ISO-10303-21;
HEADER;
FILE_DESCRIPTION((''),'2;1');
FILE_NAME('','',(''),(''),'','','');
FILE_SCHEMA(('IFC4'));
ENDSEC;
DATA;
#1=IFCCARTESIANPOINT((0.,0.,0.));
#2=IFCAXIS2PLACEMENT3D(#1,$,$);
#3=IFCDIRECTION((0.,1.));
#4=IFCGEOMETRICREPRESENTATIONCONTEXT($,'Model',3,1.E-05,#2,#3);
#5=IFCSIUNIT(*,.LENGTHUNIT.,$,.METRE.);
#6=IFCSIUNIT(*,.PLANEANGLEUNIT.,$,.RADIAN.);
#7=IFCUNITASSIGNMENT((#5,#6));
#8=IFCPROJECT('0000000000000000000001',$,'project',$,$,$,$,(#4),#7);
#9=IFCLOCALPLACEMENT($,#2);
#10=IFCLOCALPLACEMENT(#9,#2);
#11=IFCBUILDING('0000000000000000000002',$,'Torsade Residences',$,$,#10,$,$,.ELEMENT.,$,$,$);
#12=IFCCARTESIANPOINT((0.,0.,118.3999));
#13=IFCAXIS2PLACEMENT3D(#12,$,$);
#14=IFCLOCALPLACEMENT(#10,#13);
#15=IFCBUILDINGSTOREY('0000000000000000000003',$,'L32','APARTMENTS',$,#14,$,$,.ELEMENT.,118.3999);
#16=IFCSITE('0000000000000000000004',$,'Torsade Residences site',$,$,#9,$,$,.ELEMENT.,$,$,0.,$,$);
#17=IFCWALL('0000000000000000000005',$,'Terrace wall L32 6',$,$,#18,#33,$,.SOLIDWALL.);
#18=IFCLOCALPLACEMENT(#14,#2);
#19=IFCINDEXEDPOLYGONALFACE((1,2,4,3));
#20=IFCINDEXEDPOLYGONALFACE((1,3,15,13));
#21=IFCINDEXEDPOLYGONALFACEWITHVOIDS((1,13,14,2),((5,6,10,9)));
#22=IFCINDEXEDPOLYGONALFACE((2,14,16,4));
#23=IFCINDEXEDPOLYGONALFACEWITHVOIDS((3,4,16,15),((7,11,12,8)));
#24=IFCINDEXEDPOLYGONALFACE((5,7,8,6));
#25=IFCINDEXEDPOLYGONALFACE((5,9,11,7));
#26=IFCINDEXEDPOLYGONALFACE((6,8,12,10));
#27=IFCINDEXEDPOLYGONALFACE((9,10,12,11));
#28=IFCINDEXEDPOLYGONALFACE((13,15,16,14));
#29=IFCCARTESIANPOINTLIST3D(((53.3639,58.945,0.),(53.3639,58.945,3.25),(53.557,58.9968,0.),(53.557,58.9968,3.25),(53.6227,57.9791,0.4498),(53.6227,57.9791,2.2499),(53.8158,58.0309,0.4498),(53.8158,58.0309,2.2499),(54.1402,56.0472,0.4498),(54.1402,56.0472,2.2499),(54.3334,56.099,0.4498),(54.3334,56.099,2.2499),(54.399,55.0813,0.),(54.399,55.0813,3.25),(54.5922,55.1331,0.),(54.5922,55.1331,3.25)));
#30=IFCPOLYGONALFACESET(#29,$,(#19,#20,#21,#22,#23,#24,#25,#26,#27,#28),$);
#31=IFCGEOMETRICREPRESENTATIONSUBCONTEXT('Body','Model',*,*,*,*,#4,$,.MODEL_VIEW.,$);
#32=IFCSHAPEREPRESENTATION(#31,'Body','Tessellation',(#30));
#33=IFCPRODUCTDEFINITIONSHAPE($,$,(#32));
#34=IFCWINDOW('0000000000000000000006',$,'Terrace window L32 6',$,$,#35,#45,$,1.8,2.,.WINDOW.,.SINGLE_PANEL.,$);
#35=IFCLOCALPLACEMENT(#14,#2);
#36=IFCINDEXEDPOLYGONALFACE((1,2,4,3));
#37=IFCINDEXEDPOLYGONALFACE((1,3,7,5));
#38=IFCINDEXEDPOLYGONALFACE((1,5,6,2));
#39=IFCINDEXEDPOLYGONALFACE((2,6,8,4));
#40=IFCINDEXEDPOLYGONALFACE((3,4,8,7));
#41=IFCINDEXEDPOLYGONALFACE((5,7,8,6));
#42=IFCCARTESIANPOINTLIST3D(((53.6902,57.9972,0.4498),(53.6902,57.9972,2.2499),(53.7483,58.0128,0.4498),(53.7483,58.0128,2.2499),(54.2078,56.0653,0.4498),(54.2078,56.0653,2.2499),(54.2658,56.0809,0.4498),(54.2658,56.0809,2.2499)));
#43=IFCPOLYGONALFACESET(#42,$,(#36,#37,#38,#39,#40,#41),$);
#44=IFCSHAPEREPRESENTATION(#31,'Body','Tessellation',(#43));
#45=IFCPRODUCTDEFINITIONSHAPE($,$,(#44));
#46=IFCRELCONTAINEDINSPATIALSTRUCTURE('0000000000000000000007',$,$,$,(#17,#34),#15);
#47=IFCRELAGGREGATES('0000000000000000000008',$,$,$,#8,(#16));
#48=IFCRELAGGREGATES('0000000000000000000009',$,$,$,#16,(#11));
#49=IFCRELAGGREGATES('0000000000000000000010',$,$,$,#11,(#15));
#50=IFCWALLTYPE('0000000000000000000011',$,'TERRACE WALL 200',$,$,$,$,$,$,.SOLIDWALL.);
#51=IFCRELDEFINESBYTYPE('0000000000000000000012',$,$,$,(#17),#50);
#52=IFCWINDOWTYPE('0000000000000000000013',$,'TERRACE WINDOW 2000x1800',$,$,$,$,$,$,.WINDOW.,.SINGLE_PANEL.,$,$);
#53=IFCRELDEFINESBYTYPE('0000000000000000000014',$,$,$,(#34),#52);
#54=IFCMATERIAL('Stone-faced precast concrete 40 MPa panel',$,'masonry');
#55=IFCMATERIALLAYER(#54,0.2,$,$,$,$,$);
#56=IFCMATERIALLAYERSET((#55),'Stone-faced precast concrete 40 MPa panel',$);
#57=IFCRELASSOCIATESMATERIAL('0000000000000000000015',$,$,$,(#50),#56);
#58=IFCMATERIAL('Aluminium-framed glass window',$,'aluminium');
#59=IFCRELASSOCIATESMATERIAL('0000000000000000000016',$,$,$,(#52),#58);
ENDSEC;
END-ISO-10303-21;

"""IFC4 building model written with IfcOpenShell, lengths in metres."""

from ifc_helpers import new_model, si_unit, direction, frame, frame_2d, origin, place, context, subcontext, project, spatial, rectangle, extrude, material, layer, layer_set, type_object, element, fill, save


model = new_model("IFC4")

# Units and contexts
model_context = context("Model", 3, precision=1e-05, world=origin(), true_north=direction((0.0, 1.0)))
body_context = subcontext(model_context, "Body", "Model", "MODEL_VIEW")
ifc_project = project(units=[si_unit("LENGTHUNIT", "METRE"), si_unit("PLANEANGLEUNIT", "RADIAN")], contexts=[model_context])

# Site, building, storey
site_placement = place(None, origin())
site = spatial("IfcSite", under=ifc_project, at=site_placement, Name="Torsade Residences site", CompositionType="ELEMENT", RefElevation=0.0)
building_placement = place(site_placement, origin())
building = spatial("IfcBuilding", under=site, at=building_placement, Name="Torsade Residences", CompositionType="ELEMENT")
storey_placement = place(building_placement, frame((0.0, 0.0, 118.3999)))
storey = spatial("IfcBuildingStorey", under=building, at=storey_placement, Name="L32", Description="APARTMENTS", CompositionType="ELEMENT", Elevation=118.3999)

# Shared definitions
ifc_material_1 = material(Name="Stone-faced precast concrete 40 MPa panel", Category="masonry")
ifc_layer_1 = layer(ifc_material_1, 0.2)
ifc_layer_set_1 = layer_set([ifc_layer_1], Name="Stone-faced precast concrete 40 MPa panel")
wall_type_1 = type_object("IfcWallType", Name="TERRACE WALL 200", PredefinedType="SOLIDWALL", material=ifc_layer_set_1)

# Wall, opening, window
wall_1_placement = place(storey_placement, frame((54.4956, 55.1072, 0.0), z_axis=(0.0, 0.0, 1.0), x_axis=(-0.258787, 0.965934, 0.0)))
wall_1 = element("IfcWall", 1, at=wall_1_placement, inside=storey, type_object=wall_type_1, Name="Terrace wall L32 6", PredefinedType="SOLIDWALL", context=body_context, shape_type="SweptSolid", body=[
    extrude(rectangle(XDim=4.0, YDim=0.2, at=frame_2d((2.0, 0.0))), origin(), (0.0, 0.0, 1.0), 3.25),
])
opening_1_placement = place(wall_1_placement, frame((1.0, 0.0, 0.45)))
opening_1 = element("IfcOpeningElement", 2, at=opening_1_placement, cuts=wall_1, PredefinedType="OPENING", context=body_context, shape_type="SweptSolid", body=[
    extrude(rectangle(XDim=2.0, YDim=1.8, at=frame_2d((1.0, 0.8999))), frame((0.0, 0.1099, 0.0), z_axis=(0.0, -1.0, 0.0), x_axis=(1.0, 0.0, 0.0)), (0.0, 0.0, 1.0), 0.22),
])
ifc_material_2 = material(Name="Aluminium-framed glass window", Category="aluminium")
window_type = type_object("IfcWindowType", Name="TERRACE WINDOW 2000x1800", PartitioningType="SINGLE_PANEL", PredefinedType="WINDOW", material=ifc_material_2)
window_placement = place(opening_1_placement, origin())
window = element("IfcWindow", 3, at=window_placement, inside=storey, type_object=window_type, Name="Terrace window L32 6", OverallHeight=1.8, OverallWidth=2.0, PartitioningType="SINGLE_PANEL", PredefinedType="WINDOW", context=body_context, shape_type="SweptSolid", body=[
    extrude(rectangle(XDim=2.0, YDim=1.8, at=frame_2d((1.0, 0.8999))), frame((0.0, 0.03, 0.0), z_axis=(0.0, -1.0, 0.0), x_axis=(1.0, 0.0, 0.0)), (0.0, 0.0, 1.0), 0.0601),
])
fill(opening_1, window)

save(model, "model.ifc")
